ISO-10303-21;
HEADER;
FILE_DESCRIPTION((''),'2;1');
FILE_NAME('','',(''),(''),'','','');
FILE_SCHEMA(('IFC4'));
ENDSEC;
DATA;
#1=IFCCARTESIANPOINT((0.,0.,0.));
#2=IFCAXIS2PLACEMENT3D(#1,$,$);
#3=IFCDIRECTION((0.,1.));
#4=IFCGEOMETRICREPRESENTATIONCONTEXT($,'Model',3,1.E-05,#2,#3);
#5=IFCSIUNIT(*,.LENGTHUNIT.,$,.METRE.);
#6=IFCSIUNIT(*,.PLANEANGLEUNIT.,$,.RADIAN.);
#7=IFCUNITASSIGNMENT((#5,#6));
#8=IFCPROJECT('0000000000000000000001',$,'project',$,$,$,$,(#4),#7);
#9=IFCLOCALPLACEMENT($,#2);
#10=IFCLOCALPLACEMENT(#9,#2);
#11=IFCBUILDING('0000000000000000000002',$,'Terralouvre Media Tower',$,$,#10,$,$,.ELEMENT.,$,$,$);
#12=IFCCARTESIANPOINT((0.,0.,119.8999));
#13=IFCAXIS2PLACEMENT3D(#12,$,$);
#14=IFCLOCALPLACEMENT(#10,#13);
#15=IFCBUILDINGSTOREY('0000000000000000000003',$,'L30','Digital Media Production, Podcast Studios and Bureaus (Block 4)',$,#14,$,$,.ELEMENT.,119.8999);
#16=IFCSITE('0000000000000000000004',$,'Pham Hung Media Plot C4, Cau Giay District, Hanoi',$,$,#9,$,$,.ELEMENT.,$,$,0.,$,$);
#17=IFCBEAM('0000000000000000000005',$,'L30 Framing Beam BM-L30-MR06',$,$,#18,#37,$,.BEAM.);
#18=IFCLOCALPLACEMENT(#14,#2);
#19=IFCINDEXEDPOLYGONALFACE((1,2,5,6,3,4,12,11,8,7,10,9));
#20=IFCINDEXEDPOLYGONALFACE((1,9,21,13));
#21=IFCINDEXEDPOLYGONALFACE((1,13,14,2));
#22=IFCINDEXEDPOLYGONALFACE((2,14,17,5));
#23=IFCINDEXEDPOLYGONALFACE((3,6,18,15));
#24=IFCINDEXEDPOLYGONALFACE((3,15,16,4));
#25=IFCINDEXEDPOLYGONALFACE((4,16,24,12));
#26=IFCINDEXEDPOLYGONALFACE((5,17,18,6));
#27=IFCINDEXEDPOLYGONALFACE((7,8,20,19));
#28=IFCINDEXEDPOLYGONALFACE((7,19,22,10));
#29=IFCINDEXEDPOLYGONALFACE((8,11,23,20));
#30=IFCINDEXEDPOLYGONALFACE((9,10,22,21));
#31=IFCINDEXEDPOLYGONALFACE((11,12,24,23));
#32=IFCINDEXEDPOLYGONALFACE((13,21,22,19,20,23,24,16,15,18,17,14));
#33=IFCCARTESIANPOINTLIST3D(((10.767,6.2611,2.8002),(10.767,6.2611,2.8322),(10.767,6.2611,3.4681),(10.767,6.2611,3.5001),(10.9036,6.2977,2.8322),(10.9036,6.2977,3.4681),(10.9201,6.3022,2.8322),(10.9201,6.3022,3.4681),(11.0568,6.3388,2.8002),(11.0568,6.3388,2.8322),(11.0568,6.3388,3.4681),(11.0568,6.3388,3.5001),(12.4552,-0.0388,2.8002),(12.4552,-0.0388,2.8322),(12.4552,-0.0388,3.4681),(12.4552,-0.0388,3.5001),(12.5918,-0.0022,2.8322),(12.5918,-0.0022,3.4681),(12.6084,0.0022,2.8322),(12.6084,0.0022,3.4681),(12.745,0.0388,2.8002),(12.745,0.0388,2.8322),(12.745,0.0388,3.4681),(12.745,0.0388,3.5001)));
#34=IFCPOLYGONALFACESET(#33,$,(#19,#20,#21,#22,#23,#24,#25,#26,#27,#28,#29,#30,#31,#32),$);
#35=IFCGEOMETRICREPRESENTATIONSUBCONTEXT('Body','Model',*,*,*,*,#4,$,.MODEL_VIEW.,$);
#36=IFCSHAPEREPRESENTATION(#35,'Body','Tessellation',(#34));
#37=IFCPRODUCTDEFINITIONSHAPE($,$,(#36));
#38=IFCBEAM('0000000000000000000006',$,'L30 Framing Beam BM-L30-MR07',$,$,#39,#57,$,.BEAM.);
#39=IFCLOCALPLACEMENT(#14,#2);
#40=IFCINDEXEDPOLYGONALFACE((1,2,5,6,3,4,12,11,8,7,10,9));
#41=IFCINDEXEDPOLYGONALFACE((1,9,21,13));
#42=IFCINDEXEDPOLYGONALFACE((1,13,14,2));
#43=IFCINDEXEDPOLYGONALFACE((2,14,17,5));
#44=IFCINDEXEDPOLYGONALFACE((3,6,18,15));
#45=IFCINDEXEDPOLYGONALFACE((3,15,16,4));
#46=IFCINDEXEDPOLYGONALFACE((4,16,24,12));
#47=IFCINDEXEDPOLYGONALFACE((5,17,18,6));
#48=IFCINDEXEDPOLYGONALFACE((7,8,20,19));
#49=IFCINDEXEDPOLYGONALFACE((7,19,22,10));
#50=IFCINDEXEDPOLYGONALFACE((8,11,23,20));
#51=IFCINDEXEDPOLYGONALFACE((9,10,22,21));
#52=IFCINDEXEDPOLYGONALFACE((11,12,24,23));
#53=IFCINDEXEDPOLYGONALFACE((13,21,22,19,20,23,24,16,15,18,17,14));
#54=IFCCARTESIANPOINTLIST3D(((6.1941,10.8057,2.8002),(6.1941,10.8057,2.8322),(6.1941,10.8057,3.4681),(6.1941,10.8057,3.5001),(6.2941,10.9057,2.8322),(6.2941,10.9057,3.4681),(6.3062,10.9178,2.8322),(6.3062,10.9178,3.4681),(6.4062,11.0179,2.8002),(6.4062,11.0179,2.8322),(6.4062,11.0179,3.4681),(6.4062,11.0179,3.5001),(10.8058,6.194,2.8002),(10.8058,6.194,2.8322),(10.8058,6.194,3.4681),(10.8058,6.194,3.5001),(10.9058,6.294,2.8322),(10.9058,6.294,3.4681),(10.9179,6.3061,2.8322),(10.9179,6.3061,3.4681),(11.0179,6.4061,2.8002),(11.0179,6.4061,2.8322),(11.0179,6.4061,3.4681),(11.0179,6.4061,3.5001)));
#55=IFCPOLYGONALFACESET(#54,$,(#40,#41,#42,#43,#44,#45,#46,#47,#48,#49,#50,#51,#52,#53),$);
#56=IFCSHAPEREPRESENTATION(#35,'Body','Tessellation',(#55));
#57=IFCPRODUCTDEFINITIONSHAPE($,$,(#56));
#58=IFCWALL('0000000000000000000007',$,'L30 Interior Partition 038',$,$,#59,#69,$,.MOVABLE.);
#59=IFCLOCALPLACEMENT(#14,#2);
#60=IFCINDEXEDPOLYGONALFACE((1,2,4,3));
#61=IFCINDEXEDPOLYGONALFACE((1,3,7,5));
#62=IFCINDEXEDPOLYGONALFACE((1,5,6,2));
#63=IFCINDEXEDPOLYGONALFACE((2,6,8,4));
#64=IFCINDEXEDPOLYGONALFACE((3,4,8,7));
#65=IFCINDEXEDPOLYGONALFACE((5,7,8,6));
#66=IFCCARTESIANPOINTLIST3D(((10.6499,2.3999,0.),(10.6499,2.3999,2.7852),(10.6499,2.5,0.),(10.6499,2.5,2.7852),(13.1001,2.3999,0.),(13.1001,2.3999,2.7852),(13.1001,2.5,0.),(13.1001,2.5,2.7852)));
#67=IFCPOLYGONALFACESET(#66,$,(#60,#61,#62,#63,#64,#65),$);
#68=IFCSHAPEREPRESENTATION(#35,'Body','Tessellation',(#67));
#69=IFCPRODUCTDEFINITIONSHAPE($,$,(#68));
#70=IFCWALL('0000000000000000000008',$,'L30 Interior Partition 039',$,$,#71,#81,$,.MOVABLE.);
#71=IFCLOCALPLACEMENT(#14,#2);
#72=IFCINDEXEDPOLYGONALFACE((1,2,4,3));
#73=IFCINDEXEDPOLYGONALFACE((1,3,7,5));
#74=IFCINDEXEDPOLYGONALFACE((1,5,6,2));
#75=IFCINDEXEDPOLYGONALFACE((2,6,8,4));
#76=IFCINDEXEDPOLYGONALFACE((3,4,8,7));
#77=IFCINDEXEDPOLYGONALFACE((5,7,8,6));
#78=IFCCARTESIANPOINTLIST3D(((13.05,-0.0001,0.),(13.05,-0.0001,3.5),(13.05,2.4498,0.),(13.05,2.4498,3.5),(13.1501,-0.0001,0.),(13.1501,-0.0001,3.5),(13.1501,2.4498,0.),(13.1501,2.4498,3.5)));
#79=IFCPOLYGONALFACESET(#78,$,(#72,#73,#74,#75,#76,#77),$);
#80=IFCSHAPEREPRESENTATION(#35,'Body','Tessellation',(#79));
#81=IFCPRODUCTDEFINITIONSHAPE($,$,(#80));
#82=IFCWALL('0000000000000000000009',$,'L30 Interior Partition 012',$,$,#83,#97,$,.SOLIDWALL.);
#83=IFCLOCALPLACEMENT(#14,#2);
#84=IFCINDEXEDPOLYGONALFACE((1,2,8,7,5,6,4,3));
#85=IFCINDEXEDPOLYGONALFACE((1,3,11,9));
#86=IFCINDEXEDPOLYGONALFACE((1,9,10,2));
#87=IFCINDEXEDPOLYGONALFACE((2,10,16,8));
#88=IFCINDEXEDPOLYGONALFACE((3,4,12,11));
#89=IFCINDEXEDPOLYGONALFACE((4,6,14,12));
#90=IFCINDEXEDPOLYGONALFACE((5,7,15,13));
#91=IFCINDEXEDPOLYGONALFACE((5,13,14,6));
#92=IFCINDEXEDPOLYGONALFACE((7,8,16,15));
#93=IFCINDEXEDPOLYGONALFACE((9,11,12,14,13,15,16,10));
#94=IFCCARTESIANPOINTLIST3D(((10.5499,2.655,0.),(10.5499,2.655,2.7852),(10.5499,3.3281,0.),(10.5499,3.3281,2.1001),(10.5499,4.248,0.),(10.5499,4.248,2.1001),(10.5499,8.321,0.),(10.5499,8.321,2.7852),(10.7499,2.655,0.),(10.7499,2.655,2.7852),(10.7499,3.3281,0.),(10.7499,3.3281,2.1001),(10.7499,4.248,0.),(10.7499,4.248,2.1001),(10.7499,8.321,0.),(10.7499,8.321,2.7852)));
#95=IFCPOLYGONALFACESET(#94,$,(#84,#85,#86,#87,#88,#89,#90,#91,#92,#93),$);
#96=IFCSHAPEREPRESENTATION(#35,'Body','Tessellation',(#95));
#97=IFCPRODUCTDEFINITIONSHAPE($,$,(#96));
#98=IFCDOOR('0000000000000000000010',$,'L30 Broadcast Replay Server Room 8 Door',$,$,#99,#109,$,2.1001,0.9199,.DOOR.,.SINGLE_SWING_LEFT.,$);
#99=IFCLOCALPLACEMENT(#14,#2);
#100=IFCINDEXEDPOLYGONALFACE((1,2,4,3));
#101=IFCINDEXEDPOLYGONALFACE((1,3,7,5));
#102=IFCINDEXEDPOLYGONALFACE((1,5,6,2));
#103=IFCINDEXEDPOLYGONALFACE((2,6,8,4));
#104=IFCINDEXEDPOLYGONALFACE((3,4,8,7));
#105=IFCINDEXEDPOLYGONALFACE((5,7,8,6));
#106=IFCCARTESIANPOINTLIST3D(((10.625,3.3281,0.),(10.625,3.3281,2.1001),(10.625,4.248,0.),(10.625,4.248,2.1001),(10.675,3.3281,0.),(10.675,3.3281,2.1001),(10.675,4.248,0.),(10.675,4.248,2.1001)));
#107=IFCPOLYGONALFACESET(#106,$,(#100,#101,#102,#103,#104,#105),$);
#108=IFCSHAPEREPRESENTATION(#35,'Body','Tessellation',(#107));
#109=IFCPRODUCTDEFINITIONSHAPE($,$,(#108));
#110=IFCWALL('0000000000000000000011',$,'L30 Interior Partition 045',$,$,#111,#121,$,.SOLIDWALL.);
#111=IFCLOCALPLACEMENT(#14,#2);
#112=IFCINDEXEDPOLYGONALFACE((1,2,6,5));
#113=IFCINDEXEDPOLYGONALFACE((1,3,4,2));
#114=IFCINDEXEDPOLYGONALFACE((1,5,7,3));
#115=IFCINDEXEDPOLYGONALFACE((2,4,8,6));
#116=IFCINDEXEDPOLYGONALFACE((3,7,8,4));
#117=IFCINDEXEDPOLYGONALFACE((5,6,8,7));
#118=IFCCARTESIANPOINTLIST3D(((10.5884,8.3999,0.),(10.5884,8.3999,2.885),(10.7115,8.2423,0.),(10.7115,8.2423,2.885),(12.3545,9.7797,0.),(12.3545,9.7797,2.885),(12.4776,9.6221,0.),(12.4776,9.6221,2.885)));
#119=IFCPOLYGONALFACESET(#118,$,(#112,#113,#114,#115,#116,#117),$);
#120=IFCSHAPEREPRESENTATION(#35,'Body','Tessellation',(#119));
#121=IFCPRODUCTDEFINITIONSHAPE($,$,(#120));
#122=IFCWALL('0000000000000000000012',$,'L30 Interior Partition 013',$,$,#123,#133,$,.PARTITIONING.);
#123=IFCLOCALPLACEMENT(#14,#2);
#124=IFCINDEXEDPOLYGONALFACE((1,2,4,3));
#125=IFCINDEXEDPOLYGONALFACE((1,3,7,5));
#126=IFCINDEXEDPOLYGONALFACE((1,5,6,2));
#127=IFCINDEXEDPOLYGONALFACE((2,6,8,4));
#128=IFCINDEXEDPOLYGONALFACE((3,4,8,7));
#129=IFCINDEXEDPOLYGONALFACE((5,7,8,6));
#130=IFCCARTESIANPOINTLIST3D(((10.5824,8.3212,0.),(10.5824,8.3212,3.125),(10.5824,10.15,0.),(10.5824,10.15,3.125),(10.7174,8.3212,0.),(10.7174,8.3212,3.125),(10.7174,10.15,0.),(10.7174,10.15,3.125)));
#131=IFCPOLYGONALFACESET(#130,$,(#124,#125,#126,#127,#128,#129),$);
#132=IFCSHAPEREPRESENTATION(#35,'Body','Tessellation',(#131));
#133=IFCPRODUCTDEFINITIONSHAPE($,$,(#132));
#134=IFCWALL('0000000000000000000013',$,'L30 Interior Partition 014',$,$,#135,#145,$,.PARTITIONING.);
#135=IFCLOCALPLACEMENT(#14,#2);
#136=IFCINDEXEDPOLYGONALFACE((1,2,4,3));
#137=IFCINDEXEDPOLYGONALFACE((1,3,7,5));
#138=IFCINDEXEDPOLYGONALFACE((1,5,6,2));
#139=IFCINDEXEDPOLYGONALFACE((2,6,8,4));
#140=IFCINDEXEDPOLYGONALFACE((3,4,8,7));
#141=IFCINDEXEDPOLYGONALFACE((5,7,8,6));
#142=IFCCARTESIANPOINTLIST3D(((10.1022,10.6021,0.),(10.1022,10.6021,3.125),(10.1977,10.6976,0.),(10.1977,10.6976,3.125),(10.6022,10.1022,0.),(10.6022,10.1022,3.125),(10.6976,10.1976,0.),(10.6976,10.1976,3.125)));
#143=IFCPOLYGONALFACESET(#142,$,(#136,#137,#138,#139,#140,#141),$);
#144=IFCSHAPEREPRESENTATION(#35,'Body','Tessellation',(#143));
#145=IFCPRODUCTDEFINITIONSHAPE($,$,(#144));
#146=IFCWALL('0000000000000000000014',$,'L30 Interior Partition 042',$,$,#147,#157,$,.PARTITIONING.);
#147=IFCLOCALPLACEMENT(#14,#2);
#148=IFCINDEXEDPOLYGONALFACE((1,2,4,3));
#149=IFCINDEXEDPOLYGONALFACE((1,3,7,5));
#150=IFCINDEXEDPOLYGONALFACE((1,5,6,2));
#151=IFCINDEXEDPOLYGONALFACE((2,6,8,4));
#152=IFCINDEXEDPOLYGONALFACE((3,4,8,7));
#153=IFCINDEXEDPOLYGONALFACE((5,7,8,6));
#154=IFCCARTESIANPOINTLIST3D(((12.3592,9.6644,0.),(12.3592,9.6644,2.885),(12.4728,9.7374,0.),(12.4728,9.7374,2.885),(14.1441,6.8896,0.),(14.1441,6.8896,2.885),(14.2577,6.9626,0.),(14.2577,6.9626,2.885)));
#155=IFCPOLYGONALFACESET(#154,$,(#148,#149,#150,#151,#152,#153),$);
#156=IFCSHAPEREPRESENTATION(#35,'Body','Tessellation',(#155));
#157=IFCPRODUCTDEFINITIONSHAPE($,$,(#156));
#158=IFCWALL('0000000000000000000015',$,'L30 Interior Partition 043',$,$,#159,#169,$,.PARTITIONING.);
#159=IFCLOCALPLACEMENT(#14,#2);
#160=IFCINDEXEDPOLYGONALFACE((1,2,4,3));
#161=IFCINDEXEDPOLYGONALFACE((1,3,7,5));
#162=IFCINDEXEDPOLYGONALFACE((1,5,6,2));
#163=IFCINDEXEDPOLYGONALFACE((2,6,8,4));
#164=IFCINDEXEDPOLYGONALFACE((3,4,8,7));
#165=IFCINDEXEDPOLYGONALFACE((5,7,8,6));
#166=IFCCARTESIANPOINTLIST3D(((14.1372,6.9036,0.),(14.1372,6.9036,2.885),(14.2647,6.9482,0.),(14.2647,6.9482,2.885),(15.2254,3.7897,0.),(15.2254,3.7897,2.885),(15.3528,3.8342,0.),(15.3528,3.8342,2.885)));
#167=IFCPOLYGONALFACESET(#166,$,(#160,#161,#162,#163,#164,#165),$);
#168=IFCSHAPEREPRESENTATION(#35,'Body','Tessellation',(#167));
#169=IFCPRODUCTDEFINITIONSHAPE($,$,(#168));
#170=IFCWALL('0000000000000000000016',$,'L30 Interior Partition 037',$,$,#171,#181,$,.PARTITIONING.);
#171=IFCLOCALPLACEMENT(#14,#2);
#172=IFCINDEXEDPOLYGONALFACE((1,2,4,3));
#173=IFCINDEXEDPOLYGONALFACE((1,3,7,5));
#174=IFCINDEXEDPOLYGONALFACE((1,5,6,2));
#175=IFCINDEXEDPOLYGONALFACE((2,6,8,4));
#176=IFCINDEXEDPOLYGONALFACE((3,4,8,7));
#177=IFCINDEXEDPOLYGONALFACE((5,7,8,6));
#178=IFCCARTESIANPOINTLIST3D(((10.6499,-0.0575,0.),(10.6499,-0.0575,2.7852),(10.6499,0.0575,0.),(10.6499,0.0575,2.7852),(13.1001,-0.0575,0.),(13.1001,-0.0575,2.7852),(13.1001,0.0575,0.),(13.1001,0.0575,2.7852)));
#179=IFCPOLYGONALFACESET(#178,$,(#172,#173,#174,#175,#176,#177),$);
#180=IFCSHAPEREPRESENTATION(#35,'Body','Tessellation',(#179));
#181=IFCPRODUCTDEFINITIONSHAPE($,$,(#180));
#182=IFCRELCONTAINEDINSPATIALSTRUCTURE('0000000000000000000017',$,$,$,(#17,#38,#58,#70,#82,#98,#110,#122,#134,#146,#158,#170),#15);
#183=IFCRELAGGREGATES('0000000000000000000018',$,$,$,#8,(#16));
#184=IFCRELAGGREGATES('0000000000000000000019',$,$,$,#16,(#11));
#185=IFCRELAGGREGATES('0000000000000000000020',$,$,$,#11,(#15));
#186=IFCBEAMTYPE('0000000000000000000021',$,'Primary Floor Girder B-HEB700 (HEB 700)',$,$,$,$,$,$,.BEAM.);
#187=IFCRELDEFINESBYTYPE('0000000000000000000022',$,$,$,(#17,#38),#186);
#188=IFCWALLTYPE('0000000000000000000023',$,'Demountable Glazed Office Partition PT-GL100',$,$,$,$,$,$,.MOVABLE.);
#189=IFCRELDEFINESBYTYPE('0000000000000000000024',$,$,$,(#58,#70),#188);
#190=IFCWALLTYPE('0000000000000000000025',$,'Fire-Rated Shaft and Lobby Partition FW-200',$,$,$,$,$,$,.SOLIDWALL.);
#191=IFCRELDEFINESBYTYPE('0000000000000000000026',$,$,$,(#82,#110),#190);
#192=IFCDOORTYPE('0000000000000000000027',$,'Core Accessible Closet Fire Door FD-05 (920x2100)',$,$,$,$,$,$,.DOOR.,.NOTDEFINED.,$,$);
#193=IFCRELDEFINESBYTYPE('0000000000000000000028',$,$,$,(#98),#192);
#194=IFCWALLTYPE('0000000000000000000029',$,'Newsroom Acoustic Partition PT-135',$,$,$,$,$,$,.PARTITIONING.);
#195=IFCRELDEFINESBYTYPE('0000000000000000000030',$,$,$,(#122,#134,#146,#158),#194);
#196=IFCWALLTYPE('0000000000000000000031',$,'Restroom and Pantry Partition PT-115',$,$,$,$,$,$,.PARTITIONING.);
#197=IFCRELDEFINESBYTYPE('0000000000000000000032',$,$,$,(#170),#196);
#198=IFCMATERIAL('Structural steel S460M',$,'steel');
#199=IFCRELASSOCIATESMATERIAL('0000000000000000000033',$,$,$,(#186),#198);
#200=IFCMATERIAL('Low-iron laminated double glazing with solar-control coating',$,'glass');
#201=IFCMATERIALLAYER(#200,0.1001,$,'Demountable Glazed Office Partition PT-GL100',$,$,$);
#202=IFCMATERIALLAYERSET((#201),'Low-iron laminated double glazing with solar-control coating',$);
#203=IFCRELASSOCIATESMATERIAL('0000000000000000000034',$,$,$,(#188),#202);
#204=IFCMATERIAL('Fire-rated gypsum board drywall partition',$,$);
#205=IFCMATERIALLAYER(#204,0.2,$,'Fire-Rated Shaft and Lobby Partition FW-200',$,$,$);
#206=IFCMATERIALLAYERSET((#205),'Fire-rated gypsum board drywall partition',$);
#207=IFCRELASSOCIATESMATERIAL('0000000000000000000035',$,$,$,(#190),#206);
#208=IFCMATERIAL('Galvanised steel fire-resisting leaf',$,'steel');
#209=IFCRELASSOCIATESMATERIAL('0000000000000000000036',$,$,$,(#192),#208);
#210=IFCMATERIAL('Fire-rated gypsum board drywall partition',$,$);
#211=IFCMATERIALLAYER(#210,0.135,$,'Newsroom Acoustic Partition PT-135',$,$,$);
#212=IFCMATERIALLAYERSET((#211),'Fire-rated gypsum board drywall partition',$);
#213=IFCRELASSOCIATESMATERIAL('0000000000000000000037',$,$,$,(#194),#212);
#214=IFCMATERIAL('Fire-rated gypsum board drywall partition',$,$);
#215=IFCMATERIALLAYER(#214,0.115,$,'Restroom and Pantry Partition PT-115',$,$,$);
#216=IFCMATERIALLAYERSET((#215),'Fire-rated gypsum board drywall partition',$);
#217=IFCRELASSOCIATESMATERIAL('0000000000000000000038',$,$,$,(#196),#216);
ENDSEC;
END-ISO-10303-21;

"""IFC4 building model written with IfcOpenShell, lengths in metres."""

from ifc_helpers import new_model, si_unit, direction, frame, frame_2d, origin, origin_2d, place, context, subcontext, project, spatial, rectangle, i_section, extrude, material, layer, layer_set, material_profile, profile_set, type_object, element, fill, save


model = new_model("IFC4")

# Units and contexts
model_context = context("Model", 3, precision=1e-05, world=origin(), true_north=direction((0.0, 1.0)))
body_context = subcontext(model_context, "Body", "Model", "MODEL_VIEW")
ifc_project = project(units=[si_unit("LENGTHUNIT", "METRE"), si_unit("PLANEANGLEUNIT", "RADIAN")], contexts=[model_context])

# Site, building, storey
site_placement = place(None, origin())
site = spatial("IfcSite", under=ifc_project, at=site_placement, Name="Pham Hung Media Plot C4, Cau Giay District, Hanoi", CompositionType="ELEMENT", RefElevation=0.0)
building_placement = place(site_placement, origin())
building = spatial("IfcBuilding", under=site, at=building_placement, Name="Terralouvre Media Tower", CompositionType="ELEMENT")
storey_placement = place(building_placement, frame((0.0, 0.0, 119.8999)))
storey = spatial("IfcBuildingStorey", under=building, at=storey_placement, Name="L30", Description="Digital Media Production, Podcast Studios and Bureaus (Block 4)", CompositionType="ELEMENT", Elevation=119.8999)

# Beams
ifc_material_1 = material(Name="Structural steel S460M", Category="steel")
ifc_material_profile_1 = material_profile(ifc_material_1, i_section(OverallWidth=0.3, OverallDepth=0.7, WebThickness=0.0171, FlangeThickness=0.032, at=origin_2d()), Name="HEB 700")
ifc_profile_set_1 = profile_set([ifc_material_profile_1], Name="Structural steel S460M")
beam_type_1 = type_object("IfcBeamType", Name="Primary Floor Girder B-HEB700 (HEB 700)", PredefinedType="BEAM", material=ifc_profile_set_1)
beam_1_placement = place(storey_placement, frame((12.6001, 0.0, 3.1501), z_axis=(-0.258839, 0.96592, 0.0), x_axis=(-0.96592, -0.258839, 0.0)))
element("IfcBeam", 1, at=beam_1_placement, inside=storey, type_object=beam_type_1, Name="L30 Framing Beam BM-L30-MR06", PredefinedType="BEAM", context=body_context, shape_type="SweptSolid", body=[
    extrude(i_section(OverallWidth=0.3, OverallDepth=0.7, WebThickness=0.0171, FlangeThickness=0.032, at=origin_2d()), origin(), (0.0, 0.0, 1.0), 6.5222),
])
beam_2_placement = place(storey_placement, frame((10.9119, 6.3, 3.1501), z_axis=(-0.707107, 0.707107, 0.0), x_axis=(-0.707107, -0.707107, 0.0)))
element("IfcBeam", 2, at=beam_2_placement, inside=storey, type_object=beam_type_1, Name="L30 Framing Beam BM-L30-MR07", PredefinedType="BEAM", context=body_context, shape_type="SweptSolid", body=[
    extrude(i_section(OverallWidth=0.3, OverallDepth=0.7, WebThickness=0.0171, FlangeThickness=0.032, at=origin_2d()), origin(), (0.0, 0.0, 1.0), 6.522),
])

# Walls
ifc_material_2 = material(Name="Low-iron laminated double glazing with solar-control coating", Category="glass")
ifc_layer_1 = layer(ifc_material_2, 0.1001, Name="Demountable Glazed Office Partition PT-GL100")
ifc_layer_set_1 = layer_set([ifc_layer_1], Name="Low-iron laminated double glazing with solar-control coating")
wall_type_1 = type_object("IfcWallType", Name="Demountable Glazed Office Partition PT-GL100", PredefinedType="MOVABLE", material=ifc_layer_set_1)
wall_1_placement = place(storey_placement, frame((10.6499, 2.45, 0.0), z_axis=(0.0, 0.0, 1.0), x_axis=(1.0, 0.0, 0.0)))
element("IfcWall", 3, at=wall_1_placement, inside=storey, type_object=wall_type_1, Name="L30 Interior Partition 038", PredefinedType="MOVABLE", context=body_context, shape_type="SweptSolid", body=[
    extrude(rectangle(XDim=2.4502, YDim=0.1001, at=frame_2d((1.2251, 0.0))), origin(), (0.0, 0.0, 1.0), 2.7852),
])
wall_2_placement = place(storey_placement, frame((13.1001, 2.45, 0.0), z_axis=(0.0, 0.0, 1.0), x_axis=(0.0, -1.0, 0.0)))
element("IfcWall", 4, at=wall_2_placement, inside=storey, type_object=wall_type_1, Name="L30 Interior Partition 039", PredefinedType="MOVABLE", context=body_context, shape_type="SweptSolid", body=[
    extrude(rectangle(XDim=2.45, YDim=0.1001, at=frame_2d((1.2251, 0.0))), origin(), (0.0, 0.0, 1.0), 3.5),
])

# Wall, opening, door
ifc_material_3 = material(Name="Fire-rated gypsum board drywall partition")
ifc_layer_2 = layer(ifc_material_3, 0.2, Name="Fire-Rated Shaft and Lobby Partition FW-200")
ifc_layer_set_2 = layer_set([ifc_layer_2], Name="Fire-rated gypsum board drywall partition")
wall_type_2 = type_object("IfcWallType", Name="Fire-Rated Shaft and Lobby Partition FW-200", PredefinedType="SOLIDWALL", material=ifc_layer_set_2)
wall_3_placement = place(storey_placement, frame((10.6499, 2.655, 0.0), z_axis=(0.0, 0.0, 1.0), x_axis=(0.0, 1.0, 0.0)))
wall_3 = element("IfcWall", 5, at=wall_3_placement, inside=storey, type_object=wall_type_2, Name="L30 Interior Partition 012", PredefinedType="SOLIDWALL", context=body_context, shape_type="SweptSolid", body=[
    extrude(rectangle(XDim=5.666, YDim=0.2, at=frame_2d((2.833, 0.0))), origin(), (0.0, 0.0, 1.0), 2.7852),
])
opening_placement = place(wall_3_placement, frame((0.6731, 0.0, 0.0)))
opening = element("IfcOpeningElement", 6, at=opening_placement, cuts=wall_3, PredefinedType="OPENING", context=body_context, shape_type="SweptSolid", body=[
    extrude(rectangle(XDim=0.9199, YDim=2.1001, at=frame_2d((0.46, 1.05))), frame((0.0, 0.1099, 0.0), z_axis=(0.0, -1.0, 0.0), x_axis=(1.0, 0.0, 0.0)), (0.0, 0.0, 1.0), 0.22),
])
ifc_material_4 = material(Name="Galvanised steel fire-resisting leaf", Category="steel")
door_type = type_object("IfcDoorType", Name="Core Accessible Closet Fire Door FD-05 (920x2100)", OperationType="NOTDEFINED", PredefinedType="DOOR", material=ifc_material_4)
door_placement = place(opening_placement, origin())
door = element("IfcDoor", 7, at=door_placement, inside=storey, type_object=door_type, Name="L30 Broadcast Replay Server Room 8 Door", OperationType="SINGLE_SWING_LEFT", OverallHeight=2.1001, OverallWidth=0.9199, PredefinedType="DOOR", context=body_context, shape_type="SweptSolid", body=[
    extrude(rectangle(XDim=0.9199, YDim=2.1001, at=frame_2d((0.46, 1.05))), frame((0.0, 0.0249, 0.0), z_axis=(0.0, -1.0, 0.0), x_axis=(1.0, 0.0, 0.0)), (0.0, 0.0, 1.0), 0.05),
])
fill(opening, door)

# Walls
wall_4_placement = place(storey_placement, frame((12.416, 9.7009, 0.0), z_axis=(0.0, 0.0, 1.0), x_axis=(-0.788001, -0.615674, 0.0)))
element("IfcWall", 8, at=wall_4_placement, inside=storey, type_object=wall_type_2, Name="L30 Interior Partition 045", PredefinedType="SOLIDWALL", context=body_context, shape_type="SweptSolid", body=[
    extrude(rectangle(XDim=2.2412, YDim=0.2, at=frame_2d((1.1206, 0.0))), origin(), (0.0, 0.0, 1.0), 2.885),
])
ifc_material_5 = material(Name="Fire-rated gypsum board drywall partition")
ifc_layer_3 = layer(ifc_material_5, 0.135, Name="Newsroom Acoustic Partition PT-135")
ifc_layer_set_3 = layer_set([ifc_layer_3], Name="Fire-rated gypsum board drywall partition")
wall_type_3 = type_object("IfcWallType", Name="Newsroom Acoustic Partition PT-135", PredefinedType="PARTITIONING", material=ifc_layer_set_3)
wall_5_placement = place(storey_placement, frame((10.6499, 8.321, 0.0), z_axis=(0.0, 0.0, 1.0), x_axis=(0.0, 1.0, 0.0)))
element("IfcWall", 9, at=wall_5_placement, inside=storey, type_object=wall_type_3, Name="L30 Interior Partition 013", PredefinedType="PARTITIONING", context=body_context, shape_type="SweptSolid", body=[
    extrude(rectangle(XDim=1.8289, YDim=0.135, at=frame_2d((0.9146, 0.0))), origin(), (0.0, 0.0, 1.0), 3.125),
])
wall_6_placement = place(storey_placement, frame((10.6499, 10.1499, 0.0), z_axis=(0.0, 0.0, 1.0), x_axis=(-0.707107, 0.707107, 0.0)))
element("IfcWall", 10, at=wall_6_placement, inside=storey, type_object=wall_type_3, Name="L30 Interior Partition 014", PredefinedType="PARTITIONING", context=body_context, shape_type="SweptSolid", body=[
    extrude(rectangle(XDim=0.707, YDim=0.135, at=frame_2d((0.3535, 0.0))), origin(), (0.0, 0.0, 1.0), 3.125),
])
wall_7_placement = place(storey_placement, frame((12.416, 9.7009, 0.0), z_axis=(0.0, 0.0, 1.0), x_axis=(0.540982, -0.841034, 0.0)))
element("IfcWall", 11, at=wall_7_placement, inside=storey, type_object=wall_type_3, Name="L30 Interior Partition 042", PredefinedType="PARTITIONING", context=body_context, shape_type="SweptSolid", body=[
    extrude(rectangle(XDim=3.2993, YDim=0.135, at=frame_2d((1.6497, 0.0))), origin(), (0.0, 0.0, 1.0), 2.885),
])
wall_8_placement = place(storey_placement, frame((14.2009, 6.926, 0.0), z_axis=(0.0, 0.0, 1.0), x_axis=(0.329872, -0.944026, 0.0)))
element("IfcWall", 12, at=wall_8_placement, inside=storey, type_object=wall_type_3, Name="L30 Interior Partition 043", PredefinedType="PARTITIONING", context=body_context, shape_type="SweptSolid", body=[
    extrude(rectangle(XDim=3.2986, YDim=0.135, at=frame_2d((1.6494, 0.0))), origin(), (0.0, 0.0, 1.0), 2.885),
])
ifc_material_6 = material(Name="Fire-rated gypsum board drywall partition")
ifc_layer_4 = layer(ifc_material_6, 0.115, Name="Restroom and Pantry Partition PT-115")
ifc_layer_set_4 = layer_set([ifc_layer_4], Name="Fire-rated gypsum board drywall partition")
wall_type_4 = type_object("IfcWallType", Name="Restroom and Pantry Partition PT-115", PredefinedType="PARTITIONING", material=ifc_layer_set_4)
wall_9_placement = place(storey_placement, frame((13.1001, 0.0, 0.0), z_axis=(0.0, 0.0, 1.0), x_axis=(-1.0, 0.0, 0.0)))
element("IfcWall", 13, at=wall_9_placement, inside=storey, type_object=wall_type_4, Name="L30 Interior Partition 037", PredefinedType="PARTITIONING", context=body_context, shape_type="SweptSolid", body=[
    extrude(rectangle(XDim=2.4502, YDim=0.115, at=frame_2d((1.2251, 0.0))), origin(), (0.0, 0.0, 1.0), 2.7852),
])

save(model, "model.ifc")
